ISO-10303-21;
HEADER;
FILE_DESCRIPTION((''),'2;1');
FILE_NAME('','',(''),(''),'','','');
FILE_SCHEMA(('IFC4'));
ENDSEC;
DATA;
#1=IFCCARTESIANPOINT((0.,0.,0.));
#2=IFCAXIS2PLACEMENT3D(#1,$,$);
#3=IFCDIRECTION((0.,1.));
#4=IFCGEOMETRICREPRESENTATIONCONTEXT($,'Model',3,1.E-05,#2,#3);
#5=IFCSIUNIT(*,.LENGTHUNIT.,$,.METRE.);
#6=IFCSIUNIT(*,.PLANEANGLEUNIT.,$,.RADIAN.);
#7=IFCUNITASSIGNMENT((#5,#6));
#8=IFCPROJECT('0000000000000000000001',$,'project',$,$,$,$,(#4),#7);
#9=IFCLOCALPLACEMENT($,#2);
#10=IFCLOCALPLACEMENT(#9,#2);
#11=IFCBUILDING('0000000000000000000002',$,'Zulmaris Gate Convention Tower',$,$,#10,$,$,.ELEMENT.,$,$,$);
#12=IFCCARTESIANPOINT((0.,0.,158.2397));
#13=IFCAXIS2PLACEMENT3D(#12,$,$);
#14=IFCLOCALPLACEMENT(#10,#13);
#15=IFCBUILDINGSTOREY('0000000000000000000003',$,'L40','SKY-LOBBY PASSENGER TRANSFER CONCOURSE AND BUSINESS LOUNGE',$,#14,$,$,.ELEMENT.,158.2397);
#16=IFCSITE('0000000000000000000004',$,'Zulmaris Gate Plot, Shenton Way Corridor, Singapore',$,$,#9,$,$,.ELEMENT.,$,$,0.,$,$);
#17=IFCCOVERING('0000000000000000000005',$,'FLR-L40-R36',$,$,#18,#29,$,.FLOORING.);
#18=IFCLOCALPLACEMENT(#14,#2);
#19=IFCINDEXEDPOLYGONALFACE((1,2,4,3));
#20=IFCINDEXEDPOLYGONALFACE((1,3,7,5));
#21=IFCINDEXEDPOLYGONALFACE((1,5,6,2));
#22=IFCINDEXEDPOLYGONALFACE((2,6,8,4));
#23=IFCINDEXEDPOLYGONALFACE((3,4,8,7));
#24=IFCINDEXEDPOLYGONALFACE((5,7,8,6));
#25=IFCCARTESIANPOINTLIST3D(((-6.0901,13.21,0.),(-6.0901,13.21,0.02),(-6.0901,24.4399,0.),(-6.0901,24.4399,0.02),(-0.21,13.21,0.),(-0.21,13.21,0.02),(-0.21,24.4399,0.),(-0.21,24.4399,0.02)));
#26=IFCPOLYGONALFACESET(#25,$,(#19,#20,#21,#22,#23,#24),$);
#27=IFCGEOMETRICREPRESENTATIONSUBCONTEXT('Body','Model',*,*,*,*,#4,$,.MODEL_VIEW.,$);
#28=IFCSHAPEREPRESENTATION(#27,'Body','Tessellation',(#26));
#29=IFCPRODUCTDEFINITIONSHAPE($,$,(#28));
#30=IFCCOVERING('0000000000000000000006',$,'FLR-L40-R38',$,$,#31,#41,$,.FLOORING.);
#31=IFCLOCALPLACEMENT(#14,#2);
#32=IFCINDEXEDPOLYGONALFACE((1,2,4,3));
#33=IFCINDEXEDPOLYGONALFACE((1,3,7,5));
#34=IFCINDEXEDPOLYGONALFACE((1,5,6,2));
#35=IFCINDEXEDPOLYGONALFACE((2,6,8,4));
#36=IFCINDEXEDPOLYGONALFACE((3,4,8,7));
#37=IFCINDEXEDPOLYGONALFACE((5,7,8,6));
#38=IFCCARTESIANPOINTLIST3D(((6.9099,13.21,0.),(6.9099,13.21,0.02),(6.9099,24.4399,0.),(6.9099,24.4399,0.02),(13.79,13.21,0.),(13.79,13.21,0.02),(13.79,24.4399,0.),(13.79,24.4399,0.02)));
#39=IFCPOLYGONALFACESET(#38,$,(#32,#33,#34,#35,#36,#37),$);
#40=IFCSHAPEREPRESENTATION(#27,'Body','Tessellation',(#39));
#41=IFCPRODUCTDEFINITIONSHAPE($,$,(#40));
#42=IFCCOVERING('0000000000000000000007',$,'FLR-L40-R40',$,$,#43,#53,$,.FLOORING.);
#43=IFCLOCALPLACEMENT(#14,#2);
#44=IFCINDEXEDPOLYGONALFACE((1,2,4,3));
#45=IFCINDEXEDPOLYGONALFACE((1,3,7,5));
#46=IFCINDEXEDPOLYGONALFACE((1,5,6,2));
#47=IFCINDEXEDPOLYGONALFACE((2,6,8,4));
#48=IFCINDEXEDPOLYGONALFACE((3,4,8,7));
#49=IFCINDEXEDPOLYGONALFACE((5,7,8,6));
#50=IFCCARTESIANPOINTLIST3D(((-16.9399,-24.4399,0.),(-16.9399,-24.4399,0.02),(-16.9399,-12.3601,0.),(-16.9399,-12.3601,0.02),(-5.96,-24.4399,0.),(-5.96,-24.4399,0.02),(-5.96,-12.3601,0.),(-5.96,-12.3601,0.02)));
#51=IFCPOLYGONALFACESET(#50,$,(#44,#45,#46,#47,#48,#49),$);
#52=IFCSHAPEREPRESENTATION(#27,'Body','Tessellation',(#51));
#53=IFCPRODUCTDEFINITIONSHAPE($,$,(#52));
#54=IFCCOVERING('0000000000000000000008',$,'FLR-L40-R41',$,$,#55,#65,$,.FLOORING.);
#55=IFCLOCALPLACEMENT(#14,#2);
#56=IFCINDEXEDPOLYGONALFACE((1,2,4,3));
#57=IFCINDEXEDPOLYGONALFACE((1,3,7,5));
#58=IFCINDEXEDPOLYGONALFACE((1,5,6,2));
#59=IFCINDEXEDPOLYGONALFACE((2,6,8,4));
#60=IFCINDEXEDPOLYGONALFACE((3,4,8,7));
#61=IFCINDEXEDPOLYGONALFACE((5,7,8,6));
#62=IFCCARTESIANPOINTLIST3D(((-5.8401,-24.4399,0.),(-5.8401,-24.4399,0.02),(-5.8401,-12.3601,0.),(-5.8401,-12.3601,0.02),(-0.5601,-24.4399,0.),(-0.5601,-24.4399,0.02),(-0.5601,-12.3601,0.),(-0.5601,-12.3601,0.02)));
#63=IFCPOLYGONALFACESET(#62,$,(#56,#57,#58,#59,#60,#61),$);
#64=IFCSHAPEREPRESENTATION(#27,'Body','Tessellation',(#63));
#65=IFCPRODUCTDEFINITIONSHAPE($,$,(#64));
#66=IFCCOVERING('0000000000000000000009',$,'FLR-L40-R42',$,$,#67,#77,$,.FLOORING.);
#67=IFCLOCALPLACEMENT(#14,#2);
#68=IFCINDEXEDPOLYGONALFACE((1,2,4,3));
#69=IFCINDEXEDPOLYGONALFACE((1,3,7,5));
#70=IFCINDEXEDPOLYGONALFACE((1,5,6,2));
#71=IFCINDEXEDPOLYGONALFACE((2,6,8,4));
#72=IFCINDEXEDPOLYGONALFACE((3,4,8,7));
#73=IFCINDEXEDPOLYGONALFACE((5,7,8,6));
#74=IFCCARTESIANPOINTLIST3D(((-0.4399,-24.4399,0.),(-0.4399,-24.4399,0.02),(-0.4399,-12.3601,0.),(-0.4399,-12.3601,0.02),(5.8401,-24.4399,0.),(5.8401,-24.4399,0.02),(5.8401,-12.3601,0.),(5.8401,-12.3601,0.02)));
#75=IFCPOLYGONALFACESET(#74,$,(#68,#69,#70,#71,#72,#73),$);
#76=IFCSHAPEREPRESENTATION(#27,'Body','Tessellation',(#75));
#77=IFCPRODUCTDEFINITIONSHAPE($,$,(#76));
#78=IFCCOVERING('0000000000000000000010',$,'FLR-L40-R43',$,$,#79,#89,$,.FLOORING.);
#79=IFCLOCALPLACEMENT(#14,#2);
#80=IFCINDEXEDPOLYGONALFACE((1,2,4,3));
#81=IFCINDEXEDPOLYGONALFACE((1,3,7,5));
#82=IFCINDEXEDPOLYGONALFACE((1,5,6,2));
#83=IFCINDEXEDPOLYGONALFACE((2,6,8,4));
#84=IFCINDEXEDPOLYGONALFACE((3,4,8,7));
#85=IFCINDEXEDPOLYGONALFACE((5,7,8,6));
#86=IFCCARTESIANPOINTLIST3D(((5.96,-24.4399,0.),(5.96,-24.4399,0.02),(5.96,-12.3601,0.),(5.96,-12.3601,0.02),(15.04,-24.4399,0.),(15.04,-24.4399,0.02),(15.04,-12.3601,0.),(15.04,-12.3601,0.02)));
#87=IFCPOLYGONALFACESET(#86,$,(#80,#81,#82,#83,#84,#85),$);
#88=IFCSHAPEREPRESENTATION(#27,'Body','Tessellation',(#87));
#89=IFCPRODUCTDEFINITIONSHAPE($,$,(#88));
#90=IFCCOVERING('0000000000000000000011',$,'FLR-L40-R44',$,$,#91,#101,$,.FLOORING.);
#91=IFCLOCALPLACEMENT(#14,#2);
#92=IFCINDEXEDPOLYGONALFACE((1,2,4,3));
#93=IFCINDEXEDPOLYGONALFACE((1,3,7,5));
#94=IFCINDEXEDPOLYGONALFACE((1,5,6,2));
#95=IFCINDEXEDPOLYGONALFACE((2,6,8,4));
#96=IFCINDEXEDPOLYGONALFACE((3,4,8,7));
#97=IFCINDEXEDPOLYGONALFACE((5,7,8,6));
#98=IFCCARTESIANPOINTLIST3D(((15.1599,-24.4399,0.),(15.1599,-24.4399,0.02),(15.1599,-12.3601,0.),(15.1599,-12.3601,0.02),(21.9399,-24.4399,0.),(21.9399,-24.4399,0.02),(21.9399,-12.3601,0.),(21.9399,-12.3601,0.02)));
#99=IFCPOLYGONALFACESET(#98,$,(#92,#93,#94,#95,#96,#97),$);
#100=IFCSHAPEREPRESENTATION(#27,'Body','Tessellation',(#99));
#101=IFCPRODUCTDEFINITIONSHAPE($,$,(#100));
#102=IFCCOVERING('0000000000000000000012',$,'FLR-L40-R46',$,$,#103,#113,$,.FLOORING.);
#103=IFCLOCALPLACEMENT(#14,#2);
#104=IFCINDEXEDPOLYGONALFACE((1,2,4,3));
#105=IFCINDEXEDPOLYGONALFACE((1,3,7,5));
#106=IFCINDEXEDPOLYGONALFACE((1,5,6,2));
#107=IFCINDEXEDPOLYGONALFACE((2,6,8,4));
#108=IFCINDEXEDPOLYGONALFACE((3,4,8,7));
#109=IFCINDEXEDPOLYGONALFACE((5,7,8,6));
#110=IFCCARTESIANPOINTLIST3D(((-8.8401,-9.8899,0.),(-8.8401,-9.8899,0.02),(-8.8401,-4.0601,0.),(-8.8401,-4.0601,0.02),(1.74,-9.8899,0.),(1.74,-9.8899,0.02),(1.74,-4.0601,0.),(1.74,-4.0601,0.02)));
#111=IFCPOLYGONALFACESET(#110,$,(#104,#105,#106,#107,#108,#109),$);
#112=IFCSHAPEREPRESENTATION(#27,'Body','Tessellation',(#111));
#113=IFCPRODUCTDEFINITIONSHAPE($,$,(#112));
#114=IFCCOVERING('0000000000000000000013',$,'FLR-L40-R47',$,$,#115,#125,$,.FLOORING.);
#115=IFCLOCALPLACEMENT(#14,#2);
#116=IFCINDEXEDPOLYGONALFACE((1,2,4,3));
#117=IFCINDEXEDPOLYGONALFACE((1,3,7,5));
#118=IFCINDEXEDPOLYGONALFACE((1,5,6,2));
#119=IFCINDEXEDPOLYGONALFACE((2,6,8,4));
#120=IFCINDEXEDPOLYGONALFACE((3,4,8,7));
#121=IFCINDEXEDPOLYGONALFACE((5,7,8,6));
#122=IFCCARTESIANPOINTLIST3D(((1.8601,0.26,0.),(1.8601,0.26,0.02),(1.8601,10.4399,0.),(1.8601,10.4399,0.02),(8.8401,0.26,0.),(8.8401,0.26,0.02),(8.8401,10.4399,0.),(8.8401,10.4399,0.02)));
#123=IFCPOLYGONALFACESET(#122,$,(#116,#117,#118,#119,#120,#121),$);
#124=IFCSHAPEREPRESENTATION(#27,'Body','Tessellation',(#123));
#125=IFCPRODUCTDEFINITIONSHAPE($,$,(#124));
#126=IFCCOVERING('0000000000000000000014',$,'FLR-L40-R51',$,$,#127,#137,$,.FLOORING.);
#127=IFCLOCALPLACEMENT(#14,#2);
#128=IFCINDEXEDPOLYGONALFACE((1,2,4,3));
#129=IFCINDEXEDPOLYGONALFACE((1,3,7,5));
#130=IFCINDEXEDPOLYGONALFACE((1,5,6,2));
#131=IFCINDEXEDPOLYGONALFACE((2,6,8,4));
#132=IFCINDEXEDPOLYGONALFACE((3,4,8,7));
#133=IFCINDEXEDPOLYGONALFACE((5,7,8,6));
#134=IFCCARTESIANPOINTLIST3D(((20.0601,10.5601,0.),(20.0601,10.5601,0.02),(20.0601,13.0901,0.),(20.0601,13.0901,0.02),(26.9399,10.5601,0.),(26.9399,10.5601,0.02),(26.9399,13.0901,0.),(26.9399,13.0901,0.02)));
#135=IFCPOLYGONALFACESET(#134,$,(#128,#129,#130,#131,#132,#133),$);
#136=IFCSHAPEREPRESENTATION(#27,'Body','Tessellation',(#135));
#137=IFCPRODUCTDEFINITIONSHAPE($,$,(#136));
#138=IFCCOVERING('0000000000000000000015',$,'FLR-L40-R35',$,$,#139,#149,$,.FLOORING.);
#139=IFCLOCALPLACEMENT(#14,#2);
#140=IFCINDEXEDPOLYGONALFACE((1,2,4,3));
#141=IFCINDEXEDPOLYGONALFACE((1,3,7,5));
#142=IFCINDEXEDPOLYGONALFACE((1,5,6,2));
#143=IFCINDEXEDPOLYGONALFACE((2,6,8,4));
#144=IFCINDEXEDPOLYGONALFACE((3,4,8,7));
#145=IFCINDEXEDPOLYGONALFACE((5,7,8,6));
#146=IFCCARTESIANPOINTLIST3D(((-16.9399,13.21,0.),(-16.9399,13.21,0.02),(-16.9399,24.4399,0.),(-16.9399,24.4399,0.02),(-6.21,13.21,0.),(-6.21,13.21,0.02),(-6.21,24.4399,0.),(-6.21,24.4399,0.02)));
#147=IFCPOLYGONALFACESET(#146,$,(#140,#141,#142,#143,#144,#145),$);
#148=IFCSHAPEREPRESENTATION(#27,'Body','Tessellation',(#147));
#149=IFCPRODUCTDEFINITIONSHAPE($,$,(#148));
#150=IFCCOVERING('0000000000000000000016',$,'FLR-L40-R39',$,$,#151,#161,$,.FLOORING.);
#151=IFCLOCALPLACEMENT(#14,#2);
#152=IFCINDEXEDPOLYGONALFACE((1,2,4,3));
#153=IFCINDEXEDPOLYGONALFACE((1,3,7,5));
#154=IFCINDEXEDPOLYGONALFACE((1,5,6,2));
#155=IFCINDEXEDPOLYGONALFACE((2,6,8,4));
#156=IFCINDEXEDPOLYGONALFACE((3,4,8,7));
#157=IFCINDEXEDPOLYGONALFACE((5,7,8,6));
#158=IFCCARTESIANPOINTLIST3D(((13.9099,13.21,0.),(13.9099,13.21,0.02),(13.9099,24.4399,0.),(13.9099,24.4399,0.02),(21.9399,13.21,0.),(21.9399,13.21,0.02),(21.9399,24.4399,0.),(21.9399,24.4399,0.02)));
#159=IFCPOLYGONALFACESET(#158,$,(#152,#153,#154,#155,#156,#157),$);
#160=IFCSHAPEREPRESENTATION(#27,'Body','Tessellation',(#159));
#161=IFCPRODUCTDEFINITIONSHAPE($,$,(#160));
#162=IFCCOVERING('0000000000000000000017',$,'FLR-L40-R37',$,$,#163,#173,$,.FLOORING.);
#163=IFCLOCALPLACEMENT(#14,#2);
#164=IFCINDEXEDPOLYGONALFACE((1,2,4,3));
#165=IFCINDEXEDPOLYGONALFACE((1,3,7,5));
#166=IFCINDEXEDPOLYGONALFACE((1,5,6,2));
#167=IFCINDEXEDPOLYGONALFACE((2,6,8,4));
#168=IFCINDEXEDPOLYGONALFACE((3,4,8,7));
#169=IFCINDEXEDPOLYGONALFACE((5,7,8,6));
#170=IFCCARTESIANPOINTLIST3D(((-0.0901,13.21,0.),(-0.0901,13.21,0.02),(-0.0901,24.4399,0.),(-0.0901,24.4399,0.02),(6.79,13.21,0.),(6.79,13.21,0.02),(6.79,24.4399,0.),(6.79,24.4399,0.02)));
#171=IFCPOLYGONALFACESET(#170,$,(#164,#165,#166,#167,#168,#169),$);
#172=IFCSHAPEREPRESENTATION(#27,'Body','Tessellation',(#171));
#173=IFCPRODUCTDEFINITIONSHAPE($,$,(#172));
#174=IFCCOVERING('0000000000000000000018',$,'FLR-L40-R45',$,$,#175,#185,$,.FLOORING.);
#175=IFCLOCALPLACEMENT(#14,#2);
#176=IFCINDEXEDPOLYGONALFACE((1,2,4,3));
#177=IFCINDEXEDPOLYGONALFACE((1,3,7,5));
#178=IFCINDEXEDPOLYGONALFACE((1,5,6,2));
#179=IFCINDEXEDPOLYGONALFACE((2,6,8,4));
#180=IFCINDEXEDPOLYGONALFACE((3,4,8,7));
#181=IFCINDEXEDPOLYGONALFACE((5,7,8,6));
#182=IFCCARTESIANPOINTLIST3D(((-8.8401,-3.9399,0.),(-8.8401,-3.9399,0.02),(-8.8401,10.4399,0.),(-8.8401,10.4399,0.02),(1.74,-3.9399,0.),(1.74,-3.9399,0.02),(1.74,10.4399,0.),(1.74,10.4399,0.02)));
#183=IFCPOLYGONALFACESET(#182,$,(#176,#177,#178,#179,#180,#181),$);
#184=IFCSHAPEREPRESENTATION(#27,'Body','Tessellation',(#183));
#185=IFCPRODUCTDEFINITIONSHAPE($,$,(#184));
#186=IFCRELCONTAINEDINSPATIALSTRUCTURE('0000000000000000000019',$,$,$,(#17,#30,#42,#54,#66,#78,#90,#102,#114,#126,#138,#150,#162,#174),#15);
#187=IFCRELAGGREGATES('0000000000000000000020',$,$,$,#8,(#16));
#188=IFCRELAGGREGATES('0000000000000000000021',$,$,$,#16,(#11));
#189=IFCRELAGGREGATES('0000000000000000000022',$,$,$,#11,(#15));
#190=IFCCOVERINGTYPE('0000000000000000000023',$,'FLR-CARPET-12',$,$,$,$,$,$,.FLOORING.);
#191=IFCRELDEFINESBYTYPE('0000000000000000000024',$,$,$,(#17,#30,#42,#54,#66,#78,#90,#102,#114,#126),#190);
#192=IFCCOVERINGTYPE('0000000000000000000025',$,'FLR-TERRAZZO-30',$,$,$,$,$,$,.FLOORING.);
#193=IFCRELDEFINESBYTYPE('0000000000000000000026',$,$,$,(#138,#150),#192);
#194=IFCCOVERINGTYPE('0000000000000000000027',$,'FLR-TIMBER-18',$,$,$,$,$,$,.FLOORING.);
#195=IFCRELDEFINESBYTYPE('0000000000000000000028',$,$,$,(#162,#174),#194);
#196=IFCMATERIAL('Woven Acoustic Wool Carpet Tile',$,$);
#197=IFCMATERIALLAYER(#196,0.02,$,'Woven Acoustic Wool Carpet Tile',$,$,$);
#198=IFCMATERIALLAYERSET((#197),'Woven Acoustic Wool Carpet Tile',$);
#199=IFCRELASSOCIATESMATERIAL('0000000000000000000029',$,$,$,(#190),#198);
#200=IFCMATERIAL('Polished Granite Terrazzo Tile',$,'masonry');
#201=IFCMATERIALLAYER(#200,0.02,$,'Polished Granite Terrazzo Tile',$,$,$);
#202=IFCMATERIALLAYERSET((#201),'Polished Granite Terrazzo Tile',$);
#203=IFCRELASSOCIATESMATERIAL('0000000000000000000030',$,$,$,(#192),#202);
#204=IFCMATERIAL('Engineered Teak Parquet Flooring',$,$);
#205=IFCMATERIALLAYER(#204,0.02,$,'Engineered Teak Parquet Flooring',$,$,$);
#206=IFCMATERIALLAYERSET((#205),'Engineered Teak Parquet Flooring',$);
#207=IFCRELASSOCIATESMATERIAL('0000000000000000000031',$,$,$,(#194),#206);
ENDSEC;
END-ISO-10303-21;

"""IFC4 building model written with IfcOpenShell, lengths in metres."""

from ifc_helpers import new_model, si_unit, direction, frame, origin, place, context, subcontext, project, spatial, polyline, outline, extrude, material, layer, layer_set, type_object, element, save


model = new_model("IFC4")

# Units and contexts
model_context = context("Model", 3, precision=1e-05, world=origin(), true_north=direction((0.0, 1.0)))
body_context = subcontext(model_context, "Body", "Model", "MODEL_VIEW")
ifc_project = project(units=[si_unit("LENGTHUNIT", "METRE"), si_unit("PLANEANGLEUNIT", "RADIAN")], contexts=[model_context])

# Site, building, storey
site_placement = place(None, origin())
site = spatial("IfcSite", under=ifc_project, at=site_placement, Name="Zulmaris Gate Plot, Shenton Way Corridor, Singapore", CompositionType="ELEMENT", RefElevation=0.0)
building_placement = place(site_placement, origin())
building = spatial("IfcBuilding", under=site, at=building_placement, Name="Zulmaris Gate Convention Tower", CompositionType="ELEMENT")
storey_placement = place(building_placement, frame((0.0, 0.0, 158.2397)))
storey = spatial("IfcBuildingStorey", under=building, at=storey_placement, Name="L40", Description="SKY-LOBBY PASSENGER TRANSFER CONCOURSE AND BUSINESS LOUNGE", CompositionType="ELEMENT", Elevation=158.2397)

# Coverings
ifc_material_1 = material(Name="Woven Acoustic Wool Carpet Tile")
ifc_layer_1 = layer(ifc_material_1, 0.02, Name="Woven Acoustic Wool Carpet Tile")
ifc_layer_set_1 = layer_set([ifc_layer_1], Name="Woven Acoustic Wool Carpet Tile")
covering_type_1 = type_object("IfcCoveringType", Name="FLR-CARPET-12", PredefinedType="FLOORING", material=ifc_layer_set_1)
covering_1_placement = place(storey_placement, origin())
element("IfcCovering", 1, at=covering_1_placement, inside=storey, type_object=covering_type_1, Name="FLR-L40-R36", PredefinedType="FLOORING", context=body_context, shape_type="SweptSolid", body=[
    extrude(outline(polyline([(-6.0901, 13.21), (-0.21, 13.21), (-0.21, 24.4399), (-6.0901, 24.4399), (-6.0901, 13.21)])), origin(), (0.0, 0.0, 1.0), 0.02),
])
covering_2_placement = place(storey_placement, origin())
element("IfcCovering", 2, at=covering_2_placement, inside=storey, type_object=covering_type_1, Name="FLR-L40-R38", PredefinedType="FLOORING", context=body_context, shape_type="SweptSolid", body=[
    extrude(outline(polyline([(6.9099, 13.21), (13.79, 13.21), (13.79, 24.4399), (6.9099, 24.4399), (6.9099, 13.21)])), origin(), (0.0, 0.0, 1.0), 0.02),
])
covering_3_placement = place(storey_placement, origin())
element("IfcCovering", 3, at=covering_3_placement, inside=storey, type_object=covering_type_1, Name="FLR-L40-R40", PredefinedType="FLOORING", context=body_context, shape_type="SweptSolid", body=[
    extrude(outline(polyline([(-16.9399, -24.4399), (-5.96, -24.4399), (-5.96, -12.3601), (-16.9399, -12.3601), (-16.9399, -24.4399)])), origin(), (0.0, 0.0, 1.0), 0.02),
])
covering_4_placement = place(storey_placement, origin())
element("IfcCovering", 4, at=covering_4_placement, inside=storey, type_object=covering_type_1, Name="FLR-L40-R41", PredefinedType="FLOORING", context=body_context, shape_type="SweptSolid", body=[
    extrude(outline(polyline([(-5.8401, -24.4399), (-0.5601, -24.4399), (-0.5601, -12.3601), (-5.8401, -12.3601), (-5.8401, -24.4399)])), origin(), (0.0, 0.0, 1.0), 0.02),
])
covering_5_placement = place(storey_placement, origin())
element("IfcCovering", 5, at=covering_5_placement, inside=storey, type_object=covering_type_1, Name="FLR-L40-R42", PredefinedType="FLOORING", context=body_context, shape_type="SweptSolid", body=[
    extrude(outline(polyline([(-0.4399, -24.4399), (5.8401, -24.4399), (5.8401, -12.3601), (-0.4399, -12.3601), (-0.4399, -24.4399)])), origin(), (0.0, 0.0, 1.0), 0.02),
])
covering_6_placement = place(storey_placement, origin())
element("IfcCovering", 6, at=covering_6_placement, inside=storey, type_object=covering_type_1, Name="FLR-L40-R43", PredefinedType="FLOORING", context=body_context, shape_type="SweptSolid", body=[
    extrude(outline(polyline([(5.96, -24.4399), (15.04, -24.4399), (15.04, -12.3601), (5.96, -12.3601), (5.96, -24.4399)])), origin(), (0.0, 0.0, 1.0), 0.02),
])
covering_7_placement = place(storey_placement, origin())
element("IfcCovering", 7, at=covering_7_placement, inside=storey, type_object=covering_type_1, Name="FLR-L40-R44", PredefinedType="FLOORING", context=body_context, shape_type="SweptSolid", body=[
    extrude(outline(polyline([(15.1599, -24.4399), (21.9399, -24.4399), (21.9399, -12.3601), (15.1599, -12.3601), (15.1599, -24.4399)])), origin(), (0.0, 0.0, 1.0), 0.02),
])
covering_8_placement = place(storey_placement, origin())
element("IfcCovering", 8, at=covering_8_placement, inside=storey, type_object=covering_type_1, Name="FLR-L40-R46", PredefinedType="FLOORING", context=body_context, shape_type="SweptSolid", body=[
    extrude(outline(polyline([(-8.8401, -9.8899), (1.74, -9.8899), (1.74, -4.0601), (-8.8401, -4.0601), (-8.8401, -9.8899)])), origin(), (0.0, 0.0, 1.0), 0.02),
])
covering_9_placement = place(storey_placement, origin())
element("IfcCovering", 9, at=covering_9_placement, inside=storey, type_object=covering_type_1, Name="FLR-L40-R47", PredefinedType="FLOORING", context=body_context, shape_type="SweptSolid", body=[
    extrude(outline(polyline([(1.8601, 0.26), (8.8401, 0.26), (8.8401, 10.4399), (1.8601, 10.4399), (1.8601, 0.26)])), origin(), (0.0, 0.0, 1.0), 0.02),
])
covering_10_placement = place(storey_placement, origin())
element("IfcCovering", 10, at=covering_10_placement, inside=storey, type_object=covering_type_1, Name="FLR-L40-R51", PredefinedType="FLOORING", context=body_context, shape_type="SweptSolid", body=[
    extrude(outline(polyline([(20.0601, 10.5601), (26.9399, 10.5601), (26.9399, 13.0901), (20.0601, 13.0901), (20.0601, 10.5601)])), origin(), (0.0, 0.0, 1.0), 0.02),
])
ifc_material_2 = material(Name="Polished Granite Terrazzo Tile", Category="masonry")
ifc_layer_2 = layer(ifc_material_2, 0.02, Name="Polished Granite Terrazzo Tile")
ifc_layer_set_2 = layer_set([ifc_layer_2], Name="Polished Granite Terrazzo Tile")
covering_type_2 = type_object("IfcCoveringType", Name="FLR-TERRAZZO-30", PredefinedType="FLOORING", material=ifc_layer_set_2)
covering_11_placement = place(storey_placement, origin())
element("IfcCovering", 11, at=covering_11_placement, inside=storey, type_object=covering_type_2, Name="FLR-L40-R35", PredefinedType="FLOORING", context=body_context, shape_type="SweptSolid", body=[
    extrude(outline(polyline([(-16.9399, 13.21), (-6.21, 13.21), (-6.21, 24.4399), (-16.9399, 24.4399), (-16.9399, 13.21)])), origin(), (0.0, 0.0, 1.0), 0.02),
])
covering_12_placement = place(storey_placement, origin())
element("IfcCovering", 12, at=covering_12_placement, inside=storey, type_object=covering_type_2, Name="FLR-L40-R39", PredefinedType="FLOORING", context=body_context, shape_type="SweptSolid", body=[
    extrude(outline(polyline([(13.9099, 13.21), (21.9399, 13.21), (21.9399, 24.4399), (13.9099, 24.4399), (13.9099, 13.21)])), origin(), (0.0, 0.0, 1.0), 0.02),
])
ifc_material_3 = material(Name="Engineered Teak Parquet Flooring")
ifc_layer_3 = layer(ifc_material_3, 0.02, Name="Engineered Teak Parquet Flooring")
ifc_layer_set_3 = layer_set([ifc_layer_3], Name="Engineered Teak Parquet Flooring")
covering_type_3 = type_object("IfcCoveringType", Name="FLR-TIMBER-18", PredefinedType="FLOORING", material=ifc_layer_set_3)
covering_13_placement = place(storey_placement, origin())
element("IfcCovering", 13, at=covering_13_placement, inside=storey, type_object=covering_type_3, Name="FLR-L40-R37", PredefinedType="FLOORING", context=body_context, shape_type="SweptSolid", body=[
    extrude(outline(polyline([(-0.0901, 13.21), (6.79, 13.21), (6.79, 24.4399), (-0.0901, 24.4399), (-0.0901, 13.21)])), origin(), (0.0, 0.0, 1.0), 0.02),
])
covering_14_placement = place(storey_placement, origin())
element("IfcCovering", 14, at=covering_14_placement, inside=storey, type_object=covering_type_3, Name="FLR-L40-R45", PredefinedType="FLOORING", context=body_context, shape_type="SweptSolid", body=[
    extrude(outline(polyline([(-8.8401, -3.9399), (1.74, -3.9399), (1.74, 10.4399), (-8.8401, 10.4399), (-8.8401, -3.9399)])), origin(), (0.0, 0.0, 1.0), 0.02),
])

save(model, "model.ifc")
